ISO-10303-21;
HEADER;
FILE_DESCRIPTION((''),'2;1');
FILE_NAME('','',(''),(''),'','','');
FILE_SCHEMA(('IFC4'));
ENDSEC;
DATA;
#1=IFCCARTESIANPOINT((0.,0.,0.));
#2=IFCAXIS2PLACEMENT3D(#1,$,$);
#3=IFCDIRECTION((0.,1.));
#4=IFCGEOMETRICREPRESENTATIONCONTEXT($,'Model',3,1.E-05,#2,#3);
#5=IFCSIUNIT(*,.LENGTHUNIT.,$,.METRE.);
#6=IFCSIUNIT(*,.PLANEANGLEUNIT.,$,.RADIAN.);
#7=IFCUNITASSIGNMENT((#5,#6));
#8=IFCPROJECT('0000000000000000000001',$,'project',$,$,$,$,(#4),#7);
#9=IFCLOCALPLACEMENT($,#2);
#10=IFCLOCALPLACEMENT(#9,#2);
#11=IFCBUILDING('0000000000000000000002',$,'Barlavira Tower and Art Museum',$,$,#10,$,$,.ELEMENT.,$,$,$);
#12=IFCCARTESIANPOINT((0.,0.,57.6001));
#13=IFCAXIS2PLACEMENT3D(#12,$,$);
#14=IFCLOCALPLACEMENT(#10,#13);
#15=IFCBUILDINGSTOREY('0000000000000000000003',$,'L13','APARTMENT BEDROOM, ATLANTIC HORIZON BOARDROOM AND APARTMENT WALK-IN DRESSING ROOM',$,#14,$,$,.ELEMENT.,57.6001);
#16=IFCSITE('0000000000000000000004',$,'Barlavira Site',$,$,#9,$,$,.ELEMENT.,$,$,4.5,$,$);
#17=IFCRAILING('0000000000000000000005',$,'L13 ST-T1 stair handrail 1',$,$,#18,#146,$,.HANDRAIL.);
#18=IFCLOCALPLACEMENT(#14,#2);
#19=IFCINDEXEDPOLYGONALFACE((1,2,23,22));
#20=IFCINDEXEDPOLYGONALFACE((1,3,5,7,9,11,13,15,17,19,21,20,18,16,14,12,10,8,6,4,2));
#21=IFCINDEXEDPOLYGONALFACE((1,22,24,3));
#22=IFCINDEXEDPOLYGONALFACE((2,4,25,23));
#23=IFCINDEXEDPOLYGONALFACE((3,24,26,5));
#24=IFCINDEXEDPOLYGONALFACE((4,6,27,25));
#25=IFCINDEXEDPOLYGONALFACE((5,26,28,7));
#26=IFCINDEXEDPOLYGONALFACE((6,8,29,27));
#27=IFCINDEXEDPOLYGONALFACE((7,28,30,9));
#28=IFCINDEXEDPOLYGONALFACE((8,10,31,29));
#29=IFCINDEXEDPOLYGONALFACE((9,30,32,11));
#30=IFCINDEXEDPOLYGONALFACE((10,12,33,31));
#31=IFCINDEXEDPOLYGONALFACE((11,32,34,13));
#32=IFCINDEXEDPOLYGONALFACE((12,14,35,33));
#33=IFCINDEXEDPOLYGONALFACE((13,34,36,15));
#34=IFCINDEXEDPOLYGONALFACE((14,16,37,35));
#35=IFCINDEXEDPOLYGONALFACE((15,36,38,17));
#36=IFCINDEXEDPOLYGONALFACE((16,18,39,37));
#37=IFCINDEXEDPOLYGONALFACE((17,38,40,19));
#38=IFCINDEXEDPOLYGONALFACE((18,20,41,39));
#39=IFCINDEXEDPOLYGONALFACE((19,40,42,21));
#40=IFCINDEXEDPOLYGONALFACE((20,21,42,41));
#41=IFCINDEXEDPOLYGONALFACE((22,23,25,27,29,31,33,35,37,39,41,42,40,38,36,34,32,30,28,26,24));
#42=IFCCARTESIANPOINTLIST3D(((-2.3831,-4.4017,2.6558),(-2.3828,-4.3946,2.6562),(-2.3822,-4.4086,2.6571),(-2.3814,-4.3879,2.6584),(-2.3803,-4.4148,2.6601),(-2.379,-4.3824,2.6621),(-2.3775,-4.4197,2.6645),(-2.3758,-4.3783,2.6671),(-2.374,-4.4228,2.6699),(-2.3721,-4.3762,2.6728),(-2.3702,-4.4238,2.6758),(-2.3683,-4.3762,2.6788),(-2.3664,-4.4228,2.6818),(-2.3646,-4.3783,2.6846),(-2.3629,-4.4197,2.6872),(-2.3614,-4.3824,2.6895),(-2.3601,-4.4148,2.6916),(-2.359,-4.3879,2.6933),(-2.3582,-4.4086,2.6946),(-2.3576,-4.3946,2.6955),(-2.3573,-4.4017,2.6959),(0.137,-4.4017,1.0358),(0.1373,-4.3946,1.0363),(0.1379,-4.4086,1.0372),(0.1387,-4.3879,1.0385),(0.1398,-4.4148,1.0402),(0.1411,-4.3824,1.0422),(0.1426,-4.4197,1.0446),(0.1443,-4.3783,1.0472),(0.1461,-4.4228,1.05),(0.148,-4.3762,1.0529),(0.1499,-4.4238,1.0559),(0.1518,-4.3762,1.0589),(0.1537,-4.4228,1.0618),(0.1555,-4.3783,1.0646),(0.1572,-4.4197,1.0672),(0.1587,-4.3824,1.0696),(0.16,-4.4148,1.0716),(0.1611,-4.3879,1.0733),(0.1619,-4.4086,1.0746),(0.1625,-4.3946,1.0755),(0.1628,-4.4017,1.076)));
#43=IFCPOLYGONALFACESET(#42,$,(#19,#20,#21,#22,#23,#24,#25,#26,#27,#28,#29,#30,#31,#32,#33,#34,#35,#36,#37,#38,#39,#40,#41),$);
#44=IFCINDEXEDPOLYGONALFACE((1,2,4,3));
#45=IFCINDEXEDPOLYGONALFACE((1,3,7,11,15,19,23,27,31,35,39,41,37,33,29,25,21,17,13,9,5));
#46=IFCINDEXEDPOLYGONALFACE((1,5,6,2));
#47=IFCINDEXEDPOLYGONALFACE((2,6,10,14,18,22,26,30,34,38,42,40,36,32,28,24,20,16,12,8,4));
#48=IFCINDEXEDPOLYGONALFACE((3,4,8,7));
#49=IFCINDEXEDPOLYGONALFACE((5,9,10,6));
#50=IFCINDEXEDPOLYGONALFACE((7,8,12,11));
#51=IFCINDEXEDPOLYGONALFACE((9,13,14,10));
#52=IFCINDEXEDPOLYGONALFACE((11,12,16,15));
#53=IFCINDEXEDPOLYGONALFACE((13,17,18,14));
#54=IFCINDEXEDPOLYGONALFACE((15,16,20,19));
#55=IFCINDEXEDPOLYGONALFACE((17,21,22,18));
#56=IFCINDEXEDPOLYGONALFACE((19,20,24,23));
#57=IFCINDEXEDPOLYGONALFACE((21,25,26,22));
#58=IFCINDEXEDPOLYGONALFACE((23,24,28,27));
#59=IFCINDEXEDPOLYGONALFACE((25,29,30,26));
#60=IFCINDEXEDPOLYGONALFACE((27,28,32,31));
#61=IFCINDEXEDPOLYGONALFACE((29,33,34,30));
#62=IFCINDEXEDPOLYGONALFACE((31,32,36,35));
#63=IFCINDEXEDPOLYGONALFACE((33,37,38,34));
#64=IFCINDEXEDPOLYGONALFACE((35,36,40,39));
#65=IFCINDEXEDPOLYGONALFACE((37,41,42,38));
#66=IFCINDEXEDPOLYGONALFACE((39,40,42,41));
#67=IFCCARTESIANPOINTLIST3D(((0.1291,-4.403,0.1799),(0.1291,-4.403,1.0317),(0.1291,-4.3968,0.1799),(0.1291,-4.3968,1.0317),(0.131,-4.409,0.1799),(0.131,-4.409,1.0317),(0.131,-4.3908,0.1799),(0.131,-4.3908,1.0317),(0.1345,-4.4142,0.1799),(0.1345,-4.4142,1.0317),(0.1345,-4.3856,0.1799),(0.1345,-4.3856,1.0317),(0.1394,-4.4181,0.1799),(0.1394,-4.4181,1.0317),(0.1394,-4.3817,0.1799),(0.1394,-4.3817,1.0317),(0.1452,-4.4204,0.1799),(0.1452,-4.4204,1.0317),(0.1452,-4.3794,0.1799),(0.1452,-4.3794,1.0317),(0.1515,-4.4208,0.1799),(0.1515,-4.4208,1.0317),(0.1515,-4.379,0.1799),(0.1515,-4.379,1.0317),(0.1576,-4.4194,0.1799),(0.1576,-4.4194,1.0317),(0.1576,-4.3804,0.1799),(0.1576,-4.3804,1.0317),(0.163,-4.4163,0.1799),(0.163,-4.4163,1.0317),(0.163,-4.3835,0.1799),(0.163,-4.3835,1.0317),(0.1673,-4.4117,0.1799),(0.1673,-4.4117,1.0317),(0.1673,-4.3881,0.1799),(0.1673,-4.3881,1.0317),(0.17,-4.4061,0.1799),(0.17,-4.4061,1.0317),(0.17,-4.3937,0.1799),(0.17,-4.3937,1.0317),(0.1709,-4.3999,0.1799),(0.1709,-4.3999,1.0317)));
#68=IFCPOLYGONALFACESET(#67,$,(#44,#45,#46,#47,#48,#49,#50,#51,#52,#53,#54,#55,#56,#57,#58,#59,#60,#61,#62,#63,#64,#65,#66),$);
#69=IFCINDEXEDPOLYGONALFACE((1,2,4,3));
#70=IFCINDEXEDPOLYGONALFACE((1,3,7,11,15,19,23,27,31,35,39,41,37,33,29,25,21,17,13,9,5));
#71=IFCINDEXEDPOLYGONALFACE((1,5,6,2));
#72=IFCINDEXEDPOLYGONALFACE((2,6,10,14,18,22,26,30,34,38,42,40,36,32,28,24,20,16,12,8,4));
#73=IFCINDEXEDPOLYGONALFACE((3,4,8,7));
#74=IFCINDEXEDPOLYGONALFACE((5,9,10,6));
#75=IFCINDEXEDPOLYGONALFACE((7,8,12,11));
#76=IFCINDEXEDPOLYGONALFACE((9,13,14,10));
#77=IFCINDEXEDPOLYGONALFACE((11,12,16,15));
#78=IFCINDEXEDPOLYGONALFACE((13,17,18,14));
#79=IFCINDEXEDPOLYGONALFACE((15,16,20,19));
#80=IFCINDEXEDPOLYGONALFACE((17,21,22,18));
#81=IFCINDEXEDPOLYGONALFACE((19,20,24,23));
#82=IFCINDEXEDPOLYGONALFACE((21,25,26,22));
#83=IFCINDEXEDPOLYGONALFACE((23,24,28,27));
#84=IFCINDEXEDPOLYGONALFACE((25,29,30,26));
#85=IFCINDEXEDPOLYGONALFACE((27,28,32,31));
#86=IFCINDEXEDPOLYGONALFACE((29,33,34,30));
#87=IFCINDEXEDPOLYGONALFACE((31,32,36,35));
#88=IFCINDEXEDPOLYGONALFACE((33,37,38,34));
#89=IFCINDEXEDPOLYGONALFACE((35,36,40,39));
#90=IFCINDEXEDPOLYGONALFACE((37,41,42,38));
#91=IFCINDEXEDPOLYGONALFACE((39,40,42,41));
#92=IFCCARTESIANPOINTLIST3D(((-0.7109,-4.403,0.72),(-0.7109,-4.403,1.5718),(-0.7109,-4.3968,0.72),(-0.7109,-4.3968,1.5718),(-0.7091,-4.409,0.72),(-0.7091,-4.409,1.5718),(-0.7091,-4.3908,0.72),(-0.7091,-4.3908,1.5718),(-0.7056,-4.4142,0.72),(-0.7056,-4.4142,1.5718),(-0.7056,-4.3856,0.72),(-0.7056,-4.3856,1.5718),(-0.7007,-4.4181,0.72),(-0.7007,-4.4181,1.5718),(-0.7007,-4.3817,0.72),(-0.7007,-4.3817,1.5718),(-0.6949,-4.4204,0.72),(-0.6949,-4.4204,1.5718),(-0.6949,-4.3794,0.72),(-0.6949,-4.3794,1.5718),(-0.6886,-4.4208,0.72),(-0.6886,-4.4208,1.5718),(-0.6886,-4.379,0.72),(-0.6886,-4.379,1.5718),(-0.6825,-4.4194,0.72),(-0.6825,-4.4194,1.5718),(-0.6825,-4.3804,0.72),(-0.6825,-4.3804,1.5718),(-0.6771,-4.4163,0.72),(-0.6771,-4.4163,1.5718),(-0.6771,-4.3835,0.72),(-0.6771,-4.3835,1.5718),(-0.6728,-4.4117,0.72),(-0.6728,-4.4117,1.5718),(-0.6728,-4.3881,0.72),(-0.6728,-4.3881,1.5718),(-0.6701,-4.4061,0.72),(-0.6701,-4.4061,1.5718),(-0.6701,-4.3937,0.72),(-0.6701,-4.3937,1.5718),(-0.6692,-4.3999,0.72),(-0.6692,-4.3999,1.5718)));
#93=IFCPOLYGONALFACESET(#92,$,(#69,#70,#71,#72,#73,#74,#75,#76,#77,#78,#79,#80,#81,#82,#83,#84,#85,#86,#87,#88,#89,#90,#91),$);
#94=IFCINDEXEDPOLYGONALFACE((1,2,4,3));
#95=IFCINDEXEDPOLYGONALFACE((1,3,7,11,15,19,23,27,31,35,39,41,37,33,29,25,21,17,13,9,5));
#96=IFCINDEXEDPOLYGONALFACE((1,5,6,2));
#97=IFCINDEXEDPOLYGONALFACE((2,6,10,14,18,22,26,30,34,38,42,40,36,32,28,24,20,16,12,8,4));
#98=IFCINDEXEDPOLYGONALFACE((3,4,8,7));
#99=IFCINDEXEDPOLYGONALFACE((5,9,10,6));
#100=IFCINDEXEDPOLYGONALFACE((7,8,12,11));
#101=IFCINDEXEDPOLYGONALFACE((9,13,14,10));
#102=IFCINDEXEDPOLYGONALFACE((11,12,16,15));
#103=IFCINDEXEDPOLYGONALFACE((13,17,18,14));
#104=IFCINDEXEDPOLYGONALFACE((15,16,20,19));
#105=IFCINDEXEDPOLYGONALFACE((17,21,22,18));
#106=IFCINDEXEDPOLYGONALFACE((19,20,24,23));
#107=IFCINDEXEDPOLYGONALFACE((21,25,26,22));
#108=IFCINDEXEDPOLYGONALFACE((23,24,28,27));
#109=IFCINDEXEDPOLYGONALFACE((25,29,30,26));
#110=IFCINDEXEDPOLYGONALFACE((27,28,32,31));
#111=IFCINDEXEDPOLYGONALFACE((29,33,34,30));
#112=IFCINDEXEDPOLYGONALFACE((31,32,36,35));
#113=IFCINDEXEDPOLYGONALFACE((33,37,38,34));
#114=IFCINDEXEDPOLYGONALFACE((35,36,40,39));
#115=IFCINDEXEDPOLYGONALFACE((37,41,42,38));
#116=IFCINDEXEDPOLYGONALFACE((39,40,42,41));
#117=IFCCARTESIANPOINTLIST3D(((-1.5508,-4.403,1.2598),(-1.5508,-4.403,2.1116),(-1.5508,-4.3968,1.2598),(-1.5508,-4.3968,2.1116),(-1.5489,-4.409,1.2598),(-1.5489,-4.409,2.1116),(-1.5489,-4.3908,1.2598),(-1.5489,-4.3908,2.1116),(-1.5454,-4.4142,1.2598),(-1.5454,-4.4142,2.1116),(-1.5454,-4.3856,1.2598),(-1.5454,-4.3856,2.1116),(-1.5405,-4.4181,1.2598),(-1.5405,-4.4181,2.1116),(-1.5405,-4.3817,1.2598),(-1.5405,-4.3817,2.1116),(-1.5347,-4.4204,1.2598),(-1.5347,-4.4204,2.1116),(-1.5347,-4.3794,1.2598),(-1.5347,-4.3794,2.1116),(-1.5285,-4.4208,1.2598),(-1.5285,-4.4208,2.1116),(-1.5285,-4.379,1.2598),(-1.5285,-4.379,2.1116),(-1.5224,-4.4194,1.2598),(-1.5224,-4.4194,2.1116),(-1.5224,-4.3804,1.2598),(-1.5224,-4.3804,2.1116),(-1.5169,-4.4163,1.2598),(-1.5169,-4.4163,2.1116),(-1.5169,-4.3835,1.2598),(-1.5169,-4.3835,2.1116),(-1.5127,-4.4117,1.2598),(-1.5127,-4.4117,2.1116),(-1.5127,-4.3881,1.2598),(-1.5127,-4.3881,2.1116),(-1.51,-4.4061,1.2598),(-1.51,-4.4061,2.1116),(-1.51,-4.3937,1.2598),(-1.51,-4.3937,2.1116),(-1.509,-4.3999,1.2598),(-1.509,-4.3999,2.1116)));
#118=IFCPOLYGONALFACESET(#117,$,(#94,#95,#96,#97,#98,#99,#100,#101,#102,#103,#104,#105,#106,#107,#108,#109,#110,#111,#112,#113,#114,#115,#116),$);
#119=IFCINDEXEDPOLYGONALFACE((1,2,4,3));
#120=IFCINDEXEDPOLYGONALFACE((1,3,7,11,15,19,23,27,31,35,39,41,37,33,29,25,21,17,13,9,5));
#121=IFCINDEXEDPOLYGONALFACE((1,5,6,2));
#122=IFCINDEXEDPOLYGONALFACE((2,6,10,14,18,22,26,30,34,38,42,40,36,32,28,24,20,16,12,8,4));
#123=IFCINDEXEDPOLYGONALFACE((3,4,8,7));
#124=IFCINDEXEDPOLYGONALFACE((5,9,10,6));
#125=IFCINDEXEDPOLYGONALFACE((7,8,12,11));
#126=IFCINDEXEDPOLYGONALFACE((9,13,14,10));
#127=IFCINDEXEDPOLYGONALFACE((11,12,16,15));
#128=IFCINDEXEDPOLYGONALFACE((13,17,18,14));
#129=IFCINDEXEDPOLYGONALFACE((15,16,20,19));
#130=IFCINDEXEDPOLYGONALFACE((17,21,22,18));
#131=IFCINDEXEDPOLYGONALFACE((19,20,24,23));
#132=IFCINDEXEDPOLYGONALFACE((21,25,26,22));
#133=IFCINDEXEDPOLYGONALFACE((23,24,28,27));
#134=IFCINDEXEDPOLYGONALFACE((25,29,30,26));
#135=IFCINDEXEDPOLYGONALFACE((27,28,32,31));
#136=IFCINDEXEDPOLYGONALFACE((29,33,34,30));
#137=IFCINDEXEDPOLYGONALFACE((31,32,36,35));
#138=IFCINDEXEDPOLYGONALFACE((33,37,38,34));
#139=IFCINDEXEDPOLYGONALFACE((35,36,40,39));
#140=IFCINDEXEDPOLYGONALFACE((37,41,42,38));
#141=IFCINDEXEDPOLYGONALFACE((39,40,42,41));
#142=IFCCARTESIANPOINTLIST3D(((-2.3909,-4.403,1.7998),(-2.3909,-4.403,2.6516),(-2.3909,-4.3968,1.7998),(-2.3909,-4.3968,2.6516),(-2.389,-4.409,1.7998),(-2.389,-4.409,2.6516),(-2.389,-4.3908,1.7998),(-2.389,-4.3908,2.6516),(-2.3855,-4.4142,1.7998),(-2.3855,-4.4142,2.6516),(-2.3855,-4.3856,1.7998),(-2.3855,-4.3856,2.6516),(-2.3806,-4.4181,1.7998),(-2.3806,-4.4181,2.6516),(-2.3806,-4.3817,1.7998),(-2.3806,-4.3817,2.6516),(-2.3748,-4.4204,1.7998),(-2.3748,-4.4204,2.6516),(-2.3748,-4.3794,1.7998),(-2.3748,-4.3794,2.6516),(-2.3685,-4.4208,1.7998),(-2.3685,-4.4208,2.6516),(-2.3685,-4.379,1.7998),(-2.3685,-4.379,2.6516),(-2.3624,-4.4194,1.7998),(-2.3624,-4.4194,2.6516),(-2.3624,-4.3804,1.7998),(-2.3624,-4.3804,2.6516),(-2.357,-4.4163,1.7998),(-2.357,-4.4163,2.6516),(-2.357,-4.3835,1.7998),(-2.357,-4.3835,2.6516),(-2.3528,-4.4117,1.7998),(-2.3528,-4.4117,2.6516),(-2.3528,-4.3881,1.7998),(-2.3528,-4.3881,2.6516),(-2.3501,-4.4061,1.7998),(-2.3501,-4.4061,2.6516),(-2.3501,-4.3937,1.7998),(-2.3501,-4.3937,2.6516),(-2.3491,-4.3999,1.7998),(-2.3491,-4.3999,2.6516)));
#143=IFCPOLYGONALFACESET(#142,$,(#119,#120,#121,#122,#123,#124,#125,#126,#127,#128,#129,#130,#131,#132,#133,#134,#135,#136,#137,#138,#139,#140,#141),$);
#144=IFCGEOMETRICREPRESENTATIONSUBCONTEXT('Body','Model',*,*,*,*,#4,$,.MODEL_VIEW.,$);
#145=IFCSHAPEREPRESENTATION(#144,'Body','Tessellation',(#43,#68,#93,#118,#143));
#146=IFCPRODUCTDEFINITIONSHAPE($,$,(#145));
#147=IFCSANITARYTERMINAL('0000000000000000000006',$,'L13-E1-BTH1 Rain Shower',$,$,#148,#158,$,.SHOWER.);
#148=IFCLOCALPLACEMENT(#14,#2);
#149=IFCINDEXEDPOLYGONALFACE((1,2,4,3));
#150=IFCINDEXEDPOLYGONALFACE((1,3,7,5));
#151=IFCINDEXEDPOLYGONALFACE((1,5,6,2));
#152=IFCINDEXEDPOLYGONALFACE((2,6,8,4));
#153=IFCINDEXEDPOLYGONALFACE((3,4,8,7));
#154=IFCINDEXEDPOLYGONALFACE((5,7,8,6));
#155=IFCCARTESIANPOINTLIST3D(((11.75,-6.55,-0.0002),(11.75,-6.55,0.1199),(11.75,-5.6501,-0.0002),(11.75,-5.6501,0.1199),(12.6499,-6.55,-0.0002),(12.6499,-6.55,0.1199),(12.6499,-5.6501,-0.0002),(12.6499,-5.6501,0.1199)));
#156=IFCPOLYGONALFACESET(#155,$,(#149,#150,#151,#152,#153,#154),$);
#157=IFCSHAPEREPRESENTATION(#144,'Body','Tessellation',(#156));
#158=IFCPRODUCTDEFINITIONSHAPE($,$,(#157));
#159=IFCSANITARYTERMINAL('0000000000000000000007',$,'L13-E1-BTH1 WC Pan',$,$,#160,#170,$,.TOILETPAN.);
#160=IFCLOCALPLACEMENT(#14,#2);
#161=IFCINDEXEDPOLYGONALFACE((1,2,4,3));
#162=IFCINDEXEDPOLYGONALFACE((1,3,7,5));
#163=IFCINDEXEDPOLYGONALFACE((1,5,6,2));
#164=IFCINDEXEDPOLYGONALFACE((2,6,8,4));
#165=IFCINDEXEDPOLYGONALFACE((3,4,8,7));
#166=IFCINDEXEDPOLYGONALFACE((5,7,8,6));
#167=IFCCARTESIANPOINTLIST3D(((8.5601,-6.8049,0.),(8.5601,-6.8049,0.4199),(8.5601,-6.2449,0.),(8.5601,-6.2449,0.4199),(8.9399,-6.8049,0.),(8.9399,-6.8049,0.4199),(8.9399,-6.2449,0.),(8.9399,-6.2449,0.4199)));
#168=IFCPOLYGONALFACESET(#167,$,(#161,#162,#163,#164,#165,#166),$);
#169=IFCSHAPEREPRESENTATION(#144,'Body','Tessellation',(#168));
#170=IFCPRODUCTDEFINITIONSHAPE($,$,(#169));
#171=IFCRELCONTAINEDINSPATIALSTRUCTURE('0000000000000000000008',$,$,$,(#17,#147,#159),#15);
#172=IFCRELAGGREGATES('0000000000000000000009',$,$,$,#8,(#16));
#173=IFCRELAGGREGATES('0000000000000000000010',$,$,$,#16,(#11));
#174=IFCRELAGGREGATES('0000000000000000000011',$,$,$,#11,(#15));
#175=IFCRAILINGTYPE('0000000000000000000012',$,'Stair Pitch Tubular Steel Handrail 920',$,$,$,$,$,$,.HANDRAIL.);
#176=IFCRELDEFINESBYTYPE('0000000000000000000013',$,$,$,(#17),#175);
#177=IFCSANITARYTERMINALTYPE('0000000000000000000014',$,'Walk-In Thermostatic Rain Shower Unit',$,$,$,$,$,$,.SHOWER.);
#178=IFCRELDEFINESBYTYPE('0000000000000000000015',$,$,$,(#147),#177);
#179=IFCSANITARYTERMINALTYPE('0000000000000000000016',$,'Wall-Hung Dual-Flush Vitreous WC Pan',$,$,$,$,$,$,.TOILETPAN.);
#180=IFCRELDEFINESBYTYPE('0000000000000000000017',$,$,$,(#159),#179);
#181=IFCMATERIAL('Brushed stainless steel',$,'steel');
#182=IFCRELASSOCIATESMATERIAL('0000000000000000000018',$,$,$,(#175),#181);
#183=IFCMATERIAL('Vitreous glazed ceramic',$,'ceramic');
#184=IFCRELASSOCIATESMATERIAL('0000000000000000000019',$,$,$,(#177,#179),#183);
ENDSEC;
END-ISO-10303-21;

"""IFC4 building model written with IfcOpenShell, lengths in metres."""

from ifc_helpers import new_model, si_unit, direction, frame, origin, origin_2d, place, context, subcontext, project, spatial, rectangle, circle, extrude, material, type_object, element, save


model = new_model("IFC4")

# Units and contexts
model_context = context("Model", 3, precision=1e-05, world=origin(), true_north=direction((0.0, 1.0)))
body_context = subcontext(model_context, "Body", "Model", "MODEL_VIEW")
ifc_project = project(units=[si_unit("LENGTHUNIT", "METRE"), si_unit("PLANEANGLEUNIT", "RADIAN")], contexts=[model_context])

# Site, building, storey
site_placement = place(None, origin())
site = spatial("IfcSite", under=ifc_project, at=site_placement, Name="Barlavira Site", CompositionType="ELEMENT", RefElevation=4.5)
building_placement = place(site_placement, origin())
building = spatial("IfcBuilding", under=site, at=building_placement, Name="Barlavira Tower and Art Museum", CompositionType="ELEMENT")
storey_placement = place(building_placement, frame((0.0, 0.0, 57.6001)))
storey = spatial("IfcBuildingStorey", under=building, at=storey_placement, Name="L13", Description="APARTMENT BEDROOM, ATLANTIC HORIZON BOARDROOM AND APARTMENT WALK-IN DRESSING ROOM", CompositionType="ELEMENT", Elevation=57.6001)

# Shared definitions
ifc_material_1 = material(Name="Brushed stainless steel", Category="steel")

# Railing
railing_type_1 = type_object("IfcRailingType", Name="Stair Pitch Tubular Steel Handrail 920", PredefinedType="HANDRAIL", material=ifc_material_1)
railing_1_placement = place(storey_placement, frame((0.1499, -4.3999, 0.1799)))
element("IfcRailing", 1, at=railing_1_placement, inside=storey, type_object=railing_type_1, Name="L13 ST-T1 stair handrail 1", PredefinedType="HANDRAIL", context=body_context, shape_type="SweptSolid", body=[
    extrude(circle(Radius=0.0239, at=origin_2d()), frame((0.0, 0.0, 0.876), z_axis=(-0.8412, 0.0, 0.540725), x_axis=(0.0, -1.0, 0.0)), (0.0, 0.0, 1.0), 2.9958),
    extrude(circle(Radius=0.021, at=origin_2d()), origin(), (0.0, 0.0, 1.0), 0.8518),
    extrude(circle(Radius=0.021, at=origin_2d()), frame((-0.8401, 0.0, 0.54)), (0.0, 0.0, 1.0), 0.8518),
    extrude(circle(Radius=0.021, at=origin_2d()), frame((-1.6799, 0.0, 1.0798)), (0.0, 0.0, 1.0), 0.8518),
    extrude(circle(Radius=0.021, at=origin_2d()), frame((-2.52, 0.0, 1.6199)), (0.0, 0.0, 1.0), 0.8518),
])

# Sanitary terminals
ifc_material_2 = material(Name="Vitreous glazed ceramic", Category="ceramic")
sanitary_terminal_type_1 = type_object("IfcSanitaryTerminalType", Name="Walk-In Thermostatic Rain Shower Unit", PredefinedType="SHOWER", material=ifc_material_2)
sanitary_terminal_1_placement = place(storey_placement, frame((12.2, -6.1001, -0.0002), z_axis=(0.0, 0.0, 1.0), x_axis=(1.0, 0.0, 0.0)))
element("IfcSanitaryTerminal", 2, at=sanitary_terminal_1_placement, inside=storey, type_object=sanitary_terminal_type_1, Name="L13-E1-BTH1 Rain Shower", PredefinedType="SHOWER", context=body_context, shape_type="SweptSolid", body=[
    extrude(rectangle(XDim=0.8999, YDim=0.8999, at=origin_2d()), origin(), (0.0, 0.0, 1.0), 0.1201),
])
sanitary_terminal_type_2 = type_object("IfcSanitaryTerminalType", Name="Wall-Hung Dual-Flush Vitreous WC Pan", PredefinedType="TOILETPAN", material=ifc_material_2)
sanitary_terminal_2_placement = place(storey_placement, frame((8.75, -6.5249, 0.0), z_axis=(0.0, 0.0, 1.0), x_axis=(1.0, 0.0, 0.0)))
element("IfcSanitaryTerminal", 3, at=sanitary_terminal_2_placement, inside=storey, type_object=sanitary_terminal_type_2, Name="L13-E1-BTH1 WC Pan", PredefinedType="TOILETPAN", context=body_context, shape_type="SweptSolid", body=[
    extrude(rectangle(XDim=0.3799, YDim=0.5601, at=origin_2d()), origin(), (0.0, 0.0, 1.0), 0.4199),
])

save(model, "model.ifc")
